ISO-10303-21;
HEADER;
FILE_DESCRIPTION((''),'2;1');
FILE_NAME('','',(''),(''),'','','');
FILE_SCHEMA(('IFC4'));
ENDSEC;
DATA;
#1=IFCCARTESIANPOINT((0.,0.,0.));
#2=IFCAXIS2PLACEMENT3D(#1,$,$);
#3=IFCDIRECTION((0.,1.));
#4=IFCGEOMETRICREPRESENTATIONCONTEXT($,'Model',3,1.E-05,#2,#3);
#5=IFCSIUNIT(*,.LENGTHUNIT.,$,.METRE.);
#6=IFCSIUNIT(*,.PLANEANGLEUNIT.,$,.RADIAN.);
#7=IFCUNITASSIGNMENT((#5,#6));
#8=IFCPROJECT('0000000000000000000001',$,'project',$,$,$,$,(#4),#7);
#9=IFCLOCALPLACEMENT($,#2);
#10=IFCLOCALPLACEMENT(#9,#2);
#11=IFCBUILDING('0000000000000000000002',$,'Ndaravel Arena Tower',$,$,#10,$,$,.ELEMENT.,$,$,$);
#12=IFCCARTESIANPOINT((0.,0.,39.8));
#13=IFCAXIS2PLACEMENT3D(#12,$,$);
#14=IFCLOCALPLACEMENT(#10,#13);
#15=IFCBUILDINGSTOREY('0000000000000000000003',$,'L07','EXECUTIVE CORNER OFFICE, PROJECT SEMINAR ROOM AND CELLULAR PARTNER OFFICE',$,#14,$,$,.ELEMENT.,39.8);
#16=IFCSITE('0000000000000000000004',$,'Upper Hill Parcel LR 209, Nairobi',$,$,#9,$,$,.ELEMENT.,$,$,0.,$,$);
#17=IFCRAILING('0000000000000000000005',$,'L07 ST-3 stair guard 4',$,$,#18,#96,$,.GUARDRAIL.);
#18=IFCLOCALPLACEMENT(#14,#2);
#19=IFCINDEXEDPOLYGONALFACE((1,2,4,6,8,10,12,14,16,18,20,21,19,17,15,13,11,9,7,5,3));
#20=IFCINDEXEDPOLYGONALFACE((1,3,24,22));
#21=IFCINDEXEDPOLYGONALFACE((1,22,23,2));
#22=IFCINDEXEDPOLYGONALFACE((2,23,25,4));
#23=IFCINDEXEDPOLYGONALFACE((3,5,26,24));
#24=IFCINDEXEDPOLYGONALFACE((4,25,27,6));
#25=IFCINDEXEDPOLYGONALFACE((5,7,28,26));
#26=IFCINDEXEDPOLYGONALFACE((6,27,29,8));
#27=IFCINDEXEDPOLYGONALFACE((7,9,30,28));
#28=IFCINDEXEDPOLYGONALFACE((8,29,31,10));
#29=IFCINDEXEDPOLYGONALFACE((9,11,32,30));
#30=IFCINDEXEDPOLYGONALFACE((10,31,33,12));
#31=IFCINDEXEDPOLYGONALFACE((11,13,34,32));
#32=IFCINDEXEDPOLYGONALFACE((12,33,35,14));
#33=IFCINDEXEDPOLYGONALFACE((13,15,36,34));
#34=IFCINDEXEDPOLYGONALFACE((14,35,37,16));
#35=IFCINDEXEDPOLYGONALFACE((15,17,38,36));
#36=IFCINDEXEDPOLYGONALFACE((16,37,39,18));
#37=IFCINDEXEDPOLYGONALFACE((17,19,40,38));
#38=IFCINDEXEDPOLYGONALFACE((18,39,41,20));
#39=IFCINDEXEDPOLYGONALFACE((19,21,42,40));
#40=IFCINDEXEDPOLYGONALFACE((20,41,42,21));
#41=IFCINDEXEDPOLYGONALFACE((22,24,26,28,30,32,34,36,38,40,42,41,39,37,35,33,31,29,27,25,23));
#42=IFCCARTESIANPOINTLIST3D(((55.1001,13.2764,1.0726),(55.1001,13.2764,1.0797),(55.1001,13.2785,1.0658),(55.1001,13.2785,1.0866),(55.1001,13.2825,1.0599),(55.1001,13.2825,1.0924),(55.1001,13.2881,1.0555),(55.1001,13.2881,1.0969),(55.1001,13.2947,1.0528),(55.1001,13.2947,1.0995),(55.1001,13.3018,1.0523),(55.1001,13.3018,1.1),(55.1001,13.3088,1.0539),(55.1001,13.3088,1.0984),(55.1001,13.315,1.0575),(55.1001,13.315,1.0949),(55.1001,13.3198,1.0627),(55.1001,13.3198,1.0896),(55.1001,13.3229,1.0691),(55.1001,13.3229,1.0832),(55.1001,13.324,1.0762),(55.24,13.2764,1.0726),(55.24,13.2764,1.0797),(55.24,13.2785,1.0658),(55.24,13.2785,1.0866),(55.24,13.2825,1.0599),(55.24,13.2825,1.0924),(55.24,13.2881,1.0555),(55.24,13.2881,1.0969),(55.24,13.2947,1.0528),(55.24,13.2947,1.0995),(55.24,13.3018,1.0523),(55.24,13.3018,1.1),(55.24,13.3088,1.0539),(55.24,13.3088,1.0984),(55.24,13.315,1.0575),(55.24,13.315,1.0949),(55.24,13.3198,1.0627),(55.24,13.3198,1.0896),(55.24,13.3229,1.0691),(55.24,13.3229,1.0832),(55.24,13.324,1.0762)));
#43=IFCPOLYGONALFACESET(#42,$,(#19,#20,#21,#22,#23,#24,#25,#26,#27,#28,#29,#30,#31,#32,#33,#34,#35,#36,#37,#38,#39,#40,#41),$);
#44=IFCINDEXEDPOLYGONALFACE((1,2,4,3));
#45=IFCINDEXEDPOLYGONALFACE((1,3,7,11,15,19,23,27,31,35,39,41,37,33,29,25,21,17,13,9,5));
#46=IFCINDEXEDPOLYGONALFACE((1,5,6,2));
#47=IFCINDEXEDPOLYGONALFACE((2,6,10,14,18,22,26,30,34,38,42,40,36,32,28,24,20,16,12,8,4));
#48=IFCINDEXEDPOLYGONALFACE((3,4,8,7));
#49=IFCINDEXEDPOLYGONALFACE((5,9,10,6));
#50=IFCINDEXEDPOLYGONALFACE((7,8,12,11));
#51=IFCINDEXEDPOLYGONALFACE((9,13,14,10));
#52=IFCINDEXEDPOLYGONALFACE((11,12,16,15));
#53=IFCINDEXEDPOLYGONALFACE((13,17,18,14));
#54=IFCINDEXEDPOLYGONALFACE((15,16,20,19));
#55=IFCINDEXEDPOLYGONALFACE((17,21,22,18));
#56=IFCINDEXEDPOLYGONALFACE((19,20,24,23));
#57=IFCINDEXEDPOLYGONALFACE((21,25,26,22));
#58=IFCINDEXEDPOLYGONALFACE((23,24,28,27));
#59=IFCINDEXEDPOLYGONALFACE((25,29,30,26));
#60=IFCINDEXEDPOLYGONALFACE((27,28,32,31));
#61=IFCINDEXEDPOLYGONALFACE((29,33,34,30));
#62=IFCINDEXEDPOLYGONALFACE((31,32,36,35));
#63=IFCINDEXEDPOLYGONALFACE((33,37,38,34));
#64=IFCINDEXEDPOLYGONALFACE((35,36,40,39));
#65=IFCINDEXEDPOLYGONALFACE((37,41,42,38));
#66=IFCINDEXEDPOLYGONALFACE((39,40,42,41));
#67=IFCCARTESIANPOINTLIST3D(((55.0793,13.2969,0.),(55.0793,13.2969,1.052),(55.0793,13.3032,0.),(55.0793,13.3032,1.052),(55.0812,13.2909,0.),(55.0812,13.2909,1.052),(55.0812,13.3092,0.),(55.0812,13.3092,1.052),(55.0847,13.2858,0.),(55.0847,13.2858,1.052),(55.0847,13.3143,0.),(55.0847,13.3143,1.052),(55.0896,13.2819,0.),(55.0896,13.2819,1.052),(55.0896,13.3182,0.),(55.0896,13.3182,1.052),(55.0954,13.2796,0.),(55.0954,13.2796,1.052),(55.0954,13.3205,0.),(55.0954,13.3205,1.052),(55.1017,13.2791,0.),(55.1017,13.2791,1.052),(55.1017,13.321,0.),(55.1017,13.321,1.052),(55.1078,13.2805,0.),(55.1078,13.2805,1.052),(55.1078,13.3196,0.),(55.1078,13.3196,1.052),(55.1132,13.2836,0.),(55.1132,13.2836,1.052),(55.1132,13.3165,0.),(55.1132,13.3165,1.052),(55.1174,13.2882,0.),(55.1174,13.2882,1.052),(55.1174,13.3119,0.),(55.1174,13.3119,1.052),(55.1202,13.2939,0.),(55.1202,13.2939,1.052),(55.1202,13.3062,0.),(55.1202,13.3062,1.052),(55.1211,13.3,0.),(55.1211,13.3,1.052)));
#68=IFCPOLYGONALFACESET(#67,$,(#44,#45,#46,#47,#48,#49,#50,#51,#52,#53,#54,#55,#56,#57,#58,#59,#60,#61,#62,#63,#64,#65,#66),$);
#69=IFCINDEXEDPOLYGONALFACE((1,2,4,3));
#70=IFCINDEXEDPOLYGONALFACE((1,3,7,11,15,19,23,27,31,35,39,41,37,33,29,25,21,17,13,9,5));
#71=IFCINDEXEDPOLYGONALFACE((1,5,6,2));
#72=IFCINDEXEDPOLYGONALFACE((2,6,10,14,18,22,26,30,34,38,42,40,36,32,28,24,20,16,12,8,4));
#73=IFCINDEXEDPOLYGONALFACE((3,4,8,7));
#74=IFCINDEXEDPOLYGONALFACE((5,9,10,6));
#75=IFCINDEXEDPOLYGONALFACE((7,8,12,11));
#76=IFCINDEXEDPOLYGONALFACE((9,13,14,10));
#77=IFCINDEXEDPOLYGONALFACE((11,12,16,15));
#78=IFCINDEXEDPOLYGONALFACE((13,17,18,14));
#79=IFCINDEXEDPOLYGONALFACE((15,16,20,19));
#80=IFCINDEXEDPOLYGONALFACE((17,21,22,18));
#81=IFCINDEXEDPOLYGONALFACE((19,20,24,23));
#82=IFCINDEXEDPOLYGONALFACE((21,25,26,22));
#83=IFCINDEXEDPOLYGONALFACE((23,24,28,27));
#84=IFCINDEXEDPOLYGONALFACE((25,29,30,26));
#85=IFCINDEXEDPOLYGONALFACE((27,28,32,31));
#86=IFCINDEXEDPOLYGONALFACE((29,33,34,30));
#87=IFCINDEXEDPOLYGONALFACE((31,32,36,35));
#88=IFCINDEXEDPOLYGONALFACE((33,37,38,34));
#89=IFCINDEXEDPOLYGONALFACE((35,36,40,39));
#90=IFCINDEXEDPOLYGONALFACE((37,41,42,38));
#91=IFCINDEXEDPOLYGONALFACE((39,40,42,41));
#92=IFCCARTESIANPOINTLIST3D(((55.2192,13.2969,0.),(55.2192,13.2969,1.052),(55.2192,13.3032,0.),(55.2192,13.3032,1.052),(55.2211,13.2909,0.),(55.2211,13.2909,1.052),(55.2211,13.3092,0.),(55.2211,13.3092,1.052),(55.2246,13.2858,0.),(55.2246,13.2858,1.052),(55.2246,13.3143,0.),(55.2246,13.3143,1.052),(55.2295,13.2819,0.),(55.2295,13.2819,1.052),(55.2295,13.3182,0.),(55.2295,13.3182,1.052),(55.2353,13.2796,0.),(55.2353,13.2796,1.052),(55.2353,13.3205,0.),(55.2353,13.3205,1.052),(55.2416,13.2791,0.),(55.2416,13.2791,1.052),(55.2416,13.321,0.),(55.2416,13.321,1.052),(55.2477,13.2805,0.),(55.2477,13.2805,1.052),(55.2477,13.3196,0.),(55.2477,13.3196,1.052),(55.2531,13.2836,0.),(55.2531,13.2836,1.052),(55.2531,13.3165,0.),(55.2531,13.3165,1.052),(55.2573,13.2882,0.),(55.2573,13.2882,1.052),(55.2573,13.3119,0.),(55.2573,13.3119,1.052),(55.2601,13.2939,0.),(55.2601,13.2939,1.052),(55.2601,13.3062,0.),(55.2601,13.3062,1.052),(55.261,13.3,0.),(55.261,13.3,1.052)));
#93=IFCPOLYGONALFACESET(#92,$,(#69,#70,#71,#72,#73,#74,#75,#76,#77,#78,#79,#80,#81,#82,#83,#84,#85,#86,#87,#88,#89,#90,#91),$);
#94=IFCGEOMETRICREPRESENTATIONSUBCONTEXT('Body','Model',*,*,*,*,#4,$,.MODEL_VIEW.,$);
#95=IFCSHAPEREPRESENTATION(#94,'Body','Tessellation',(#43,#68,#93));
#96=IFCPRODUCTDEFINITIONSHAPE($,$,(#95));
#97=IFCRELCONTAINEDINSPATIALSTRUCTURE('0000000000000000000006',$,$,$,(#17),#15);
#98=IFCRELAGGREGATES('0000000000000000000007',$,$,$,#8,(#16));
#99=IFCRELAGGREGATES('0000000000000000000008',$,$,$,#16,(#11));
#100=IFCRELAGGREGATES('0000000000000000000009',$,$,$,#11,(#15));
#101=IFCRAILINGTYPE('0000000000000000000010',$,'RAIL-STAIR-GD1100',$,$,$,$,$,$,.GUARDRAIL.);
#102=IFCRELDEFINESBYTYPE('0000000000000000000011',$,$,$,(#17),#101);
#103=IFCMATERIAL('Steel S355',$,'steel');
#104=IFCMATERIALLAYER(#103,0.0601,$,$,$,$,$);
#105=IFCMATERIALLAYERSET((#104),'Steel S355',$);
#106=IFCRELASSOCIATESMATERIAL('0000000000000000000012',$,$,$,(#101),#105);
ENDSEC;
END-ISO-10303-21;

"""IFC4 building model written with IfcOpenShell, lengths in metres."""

from ifc_helpers import new_model, si_unit, direction, frame, origin, origin_2d, place, context, subcontext, project, spatial, circle, extrude, material, layer, layer_set, type_object, element, save


model = new_model("IFC4")

# Units and contexts
model_context = context("Model", 3, precision=1e-05, world=origin(), true_north=direction((0.0, 1.0)))
body_context = subcontext(model_context, "Body", "Model", "MODEL_VIEW")
ifc_project = project(units=[si_unit("LENGTHUNIT", "METRE"), si_unit("PLANEANGLEUNIT", "RADIAN")], contexts=[model_context])

# Site, building, storey
site_placement = place(None, origin())
site = spatial("IfcSite", under=ifc_project, at=site_placement, Name="Upper Hill Parcel LR 209, Nairobi", CompositionType="ELEMENT", RefElevation=0.0)
building_placement = place(site_placement, origin())
building = spatial("IfcBuilding", under=site, at=building_placement, Name="Ndaravel Arena Tower", CompositionType="ELEMENT")
storey_placement = place(building_placement, frame((0.0, 0.0, 39.8)))
storey = spatial("IfcBuildingStorey", under=building, at=storey_placement, Name="L07", Description="EXECUTIVE CORNER OFFICE, PROJECT SEMINAR ROOM AND CELLULAR PARTNER OFFICE", CompositionType="ELEMENT", Elevation=39.8)

# Railing
ifc_material_1 = material(Name="Steel S355", Category="steel")
ifc_layer_1 = layer(ifc_material_1, 0.0601)
ifc_layer_set_1 = layer_set([ifc_layer_1], Name="Steel S355")
railing_type_1 = type_object("IfcRailingType", Name="RAIL-STAIR-GD1100", PredefinedType="GUARDRAIL", material=ifc_layer_set_1)
railing_1_placement = place(storey_placement, frame((55.1001, 13.3, 0.0)))
element("IfcRailing", 1, at=railing_1_placement, inside=storey, type_object=railing_type_1, Name="L07 ST-3 stair guard 4", PredefinedType="GUARDRAIL", context=body_context, shape_type="SweptSolid", body=[
    extrude(circle(Radius=0.0239, at=origin_2d()), frame((0.0, 0.0, 1.0762), z_axis=(1.0, 0.0, 0.0), x_axis=(0.0, 1.0, 0.0)), (0.0, 0.0, 1.0), 0.1399),
    extrude(circle(Radius=0.021, at=origin_2d()), origin(), (0.0, 0.0, 1.0), 1.052),
    extrude(circle(Radius=0.021, at=origin_2d()), frame((0.1399, 0.0, 0.0)), (0.0, 0.0, 1.0), 1.052),
])

save(model, "model.ifc")
